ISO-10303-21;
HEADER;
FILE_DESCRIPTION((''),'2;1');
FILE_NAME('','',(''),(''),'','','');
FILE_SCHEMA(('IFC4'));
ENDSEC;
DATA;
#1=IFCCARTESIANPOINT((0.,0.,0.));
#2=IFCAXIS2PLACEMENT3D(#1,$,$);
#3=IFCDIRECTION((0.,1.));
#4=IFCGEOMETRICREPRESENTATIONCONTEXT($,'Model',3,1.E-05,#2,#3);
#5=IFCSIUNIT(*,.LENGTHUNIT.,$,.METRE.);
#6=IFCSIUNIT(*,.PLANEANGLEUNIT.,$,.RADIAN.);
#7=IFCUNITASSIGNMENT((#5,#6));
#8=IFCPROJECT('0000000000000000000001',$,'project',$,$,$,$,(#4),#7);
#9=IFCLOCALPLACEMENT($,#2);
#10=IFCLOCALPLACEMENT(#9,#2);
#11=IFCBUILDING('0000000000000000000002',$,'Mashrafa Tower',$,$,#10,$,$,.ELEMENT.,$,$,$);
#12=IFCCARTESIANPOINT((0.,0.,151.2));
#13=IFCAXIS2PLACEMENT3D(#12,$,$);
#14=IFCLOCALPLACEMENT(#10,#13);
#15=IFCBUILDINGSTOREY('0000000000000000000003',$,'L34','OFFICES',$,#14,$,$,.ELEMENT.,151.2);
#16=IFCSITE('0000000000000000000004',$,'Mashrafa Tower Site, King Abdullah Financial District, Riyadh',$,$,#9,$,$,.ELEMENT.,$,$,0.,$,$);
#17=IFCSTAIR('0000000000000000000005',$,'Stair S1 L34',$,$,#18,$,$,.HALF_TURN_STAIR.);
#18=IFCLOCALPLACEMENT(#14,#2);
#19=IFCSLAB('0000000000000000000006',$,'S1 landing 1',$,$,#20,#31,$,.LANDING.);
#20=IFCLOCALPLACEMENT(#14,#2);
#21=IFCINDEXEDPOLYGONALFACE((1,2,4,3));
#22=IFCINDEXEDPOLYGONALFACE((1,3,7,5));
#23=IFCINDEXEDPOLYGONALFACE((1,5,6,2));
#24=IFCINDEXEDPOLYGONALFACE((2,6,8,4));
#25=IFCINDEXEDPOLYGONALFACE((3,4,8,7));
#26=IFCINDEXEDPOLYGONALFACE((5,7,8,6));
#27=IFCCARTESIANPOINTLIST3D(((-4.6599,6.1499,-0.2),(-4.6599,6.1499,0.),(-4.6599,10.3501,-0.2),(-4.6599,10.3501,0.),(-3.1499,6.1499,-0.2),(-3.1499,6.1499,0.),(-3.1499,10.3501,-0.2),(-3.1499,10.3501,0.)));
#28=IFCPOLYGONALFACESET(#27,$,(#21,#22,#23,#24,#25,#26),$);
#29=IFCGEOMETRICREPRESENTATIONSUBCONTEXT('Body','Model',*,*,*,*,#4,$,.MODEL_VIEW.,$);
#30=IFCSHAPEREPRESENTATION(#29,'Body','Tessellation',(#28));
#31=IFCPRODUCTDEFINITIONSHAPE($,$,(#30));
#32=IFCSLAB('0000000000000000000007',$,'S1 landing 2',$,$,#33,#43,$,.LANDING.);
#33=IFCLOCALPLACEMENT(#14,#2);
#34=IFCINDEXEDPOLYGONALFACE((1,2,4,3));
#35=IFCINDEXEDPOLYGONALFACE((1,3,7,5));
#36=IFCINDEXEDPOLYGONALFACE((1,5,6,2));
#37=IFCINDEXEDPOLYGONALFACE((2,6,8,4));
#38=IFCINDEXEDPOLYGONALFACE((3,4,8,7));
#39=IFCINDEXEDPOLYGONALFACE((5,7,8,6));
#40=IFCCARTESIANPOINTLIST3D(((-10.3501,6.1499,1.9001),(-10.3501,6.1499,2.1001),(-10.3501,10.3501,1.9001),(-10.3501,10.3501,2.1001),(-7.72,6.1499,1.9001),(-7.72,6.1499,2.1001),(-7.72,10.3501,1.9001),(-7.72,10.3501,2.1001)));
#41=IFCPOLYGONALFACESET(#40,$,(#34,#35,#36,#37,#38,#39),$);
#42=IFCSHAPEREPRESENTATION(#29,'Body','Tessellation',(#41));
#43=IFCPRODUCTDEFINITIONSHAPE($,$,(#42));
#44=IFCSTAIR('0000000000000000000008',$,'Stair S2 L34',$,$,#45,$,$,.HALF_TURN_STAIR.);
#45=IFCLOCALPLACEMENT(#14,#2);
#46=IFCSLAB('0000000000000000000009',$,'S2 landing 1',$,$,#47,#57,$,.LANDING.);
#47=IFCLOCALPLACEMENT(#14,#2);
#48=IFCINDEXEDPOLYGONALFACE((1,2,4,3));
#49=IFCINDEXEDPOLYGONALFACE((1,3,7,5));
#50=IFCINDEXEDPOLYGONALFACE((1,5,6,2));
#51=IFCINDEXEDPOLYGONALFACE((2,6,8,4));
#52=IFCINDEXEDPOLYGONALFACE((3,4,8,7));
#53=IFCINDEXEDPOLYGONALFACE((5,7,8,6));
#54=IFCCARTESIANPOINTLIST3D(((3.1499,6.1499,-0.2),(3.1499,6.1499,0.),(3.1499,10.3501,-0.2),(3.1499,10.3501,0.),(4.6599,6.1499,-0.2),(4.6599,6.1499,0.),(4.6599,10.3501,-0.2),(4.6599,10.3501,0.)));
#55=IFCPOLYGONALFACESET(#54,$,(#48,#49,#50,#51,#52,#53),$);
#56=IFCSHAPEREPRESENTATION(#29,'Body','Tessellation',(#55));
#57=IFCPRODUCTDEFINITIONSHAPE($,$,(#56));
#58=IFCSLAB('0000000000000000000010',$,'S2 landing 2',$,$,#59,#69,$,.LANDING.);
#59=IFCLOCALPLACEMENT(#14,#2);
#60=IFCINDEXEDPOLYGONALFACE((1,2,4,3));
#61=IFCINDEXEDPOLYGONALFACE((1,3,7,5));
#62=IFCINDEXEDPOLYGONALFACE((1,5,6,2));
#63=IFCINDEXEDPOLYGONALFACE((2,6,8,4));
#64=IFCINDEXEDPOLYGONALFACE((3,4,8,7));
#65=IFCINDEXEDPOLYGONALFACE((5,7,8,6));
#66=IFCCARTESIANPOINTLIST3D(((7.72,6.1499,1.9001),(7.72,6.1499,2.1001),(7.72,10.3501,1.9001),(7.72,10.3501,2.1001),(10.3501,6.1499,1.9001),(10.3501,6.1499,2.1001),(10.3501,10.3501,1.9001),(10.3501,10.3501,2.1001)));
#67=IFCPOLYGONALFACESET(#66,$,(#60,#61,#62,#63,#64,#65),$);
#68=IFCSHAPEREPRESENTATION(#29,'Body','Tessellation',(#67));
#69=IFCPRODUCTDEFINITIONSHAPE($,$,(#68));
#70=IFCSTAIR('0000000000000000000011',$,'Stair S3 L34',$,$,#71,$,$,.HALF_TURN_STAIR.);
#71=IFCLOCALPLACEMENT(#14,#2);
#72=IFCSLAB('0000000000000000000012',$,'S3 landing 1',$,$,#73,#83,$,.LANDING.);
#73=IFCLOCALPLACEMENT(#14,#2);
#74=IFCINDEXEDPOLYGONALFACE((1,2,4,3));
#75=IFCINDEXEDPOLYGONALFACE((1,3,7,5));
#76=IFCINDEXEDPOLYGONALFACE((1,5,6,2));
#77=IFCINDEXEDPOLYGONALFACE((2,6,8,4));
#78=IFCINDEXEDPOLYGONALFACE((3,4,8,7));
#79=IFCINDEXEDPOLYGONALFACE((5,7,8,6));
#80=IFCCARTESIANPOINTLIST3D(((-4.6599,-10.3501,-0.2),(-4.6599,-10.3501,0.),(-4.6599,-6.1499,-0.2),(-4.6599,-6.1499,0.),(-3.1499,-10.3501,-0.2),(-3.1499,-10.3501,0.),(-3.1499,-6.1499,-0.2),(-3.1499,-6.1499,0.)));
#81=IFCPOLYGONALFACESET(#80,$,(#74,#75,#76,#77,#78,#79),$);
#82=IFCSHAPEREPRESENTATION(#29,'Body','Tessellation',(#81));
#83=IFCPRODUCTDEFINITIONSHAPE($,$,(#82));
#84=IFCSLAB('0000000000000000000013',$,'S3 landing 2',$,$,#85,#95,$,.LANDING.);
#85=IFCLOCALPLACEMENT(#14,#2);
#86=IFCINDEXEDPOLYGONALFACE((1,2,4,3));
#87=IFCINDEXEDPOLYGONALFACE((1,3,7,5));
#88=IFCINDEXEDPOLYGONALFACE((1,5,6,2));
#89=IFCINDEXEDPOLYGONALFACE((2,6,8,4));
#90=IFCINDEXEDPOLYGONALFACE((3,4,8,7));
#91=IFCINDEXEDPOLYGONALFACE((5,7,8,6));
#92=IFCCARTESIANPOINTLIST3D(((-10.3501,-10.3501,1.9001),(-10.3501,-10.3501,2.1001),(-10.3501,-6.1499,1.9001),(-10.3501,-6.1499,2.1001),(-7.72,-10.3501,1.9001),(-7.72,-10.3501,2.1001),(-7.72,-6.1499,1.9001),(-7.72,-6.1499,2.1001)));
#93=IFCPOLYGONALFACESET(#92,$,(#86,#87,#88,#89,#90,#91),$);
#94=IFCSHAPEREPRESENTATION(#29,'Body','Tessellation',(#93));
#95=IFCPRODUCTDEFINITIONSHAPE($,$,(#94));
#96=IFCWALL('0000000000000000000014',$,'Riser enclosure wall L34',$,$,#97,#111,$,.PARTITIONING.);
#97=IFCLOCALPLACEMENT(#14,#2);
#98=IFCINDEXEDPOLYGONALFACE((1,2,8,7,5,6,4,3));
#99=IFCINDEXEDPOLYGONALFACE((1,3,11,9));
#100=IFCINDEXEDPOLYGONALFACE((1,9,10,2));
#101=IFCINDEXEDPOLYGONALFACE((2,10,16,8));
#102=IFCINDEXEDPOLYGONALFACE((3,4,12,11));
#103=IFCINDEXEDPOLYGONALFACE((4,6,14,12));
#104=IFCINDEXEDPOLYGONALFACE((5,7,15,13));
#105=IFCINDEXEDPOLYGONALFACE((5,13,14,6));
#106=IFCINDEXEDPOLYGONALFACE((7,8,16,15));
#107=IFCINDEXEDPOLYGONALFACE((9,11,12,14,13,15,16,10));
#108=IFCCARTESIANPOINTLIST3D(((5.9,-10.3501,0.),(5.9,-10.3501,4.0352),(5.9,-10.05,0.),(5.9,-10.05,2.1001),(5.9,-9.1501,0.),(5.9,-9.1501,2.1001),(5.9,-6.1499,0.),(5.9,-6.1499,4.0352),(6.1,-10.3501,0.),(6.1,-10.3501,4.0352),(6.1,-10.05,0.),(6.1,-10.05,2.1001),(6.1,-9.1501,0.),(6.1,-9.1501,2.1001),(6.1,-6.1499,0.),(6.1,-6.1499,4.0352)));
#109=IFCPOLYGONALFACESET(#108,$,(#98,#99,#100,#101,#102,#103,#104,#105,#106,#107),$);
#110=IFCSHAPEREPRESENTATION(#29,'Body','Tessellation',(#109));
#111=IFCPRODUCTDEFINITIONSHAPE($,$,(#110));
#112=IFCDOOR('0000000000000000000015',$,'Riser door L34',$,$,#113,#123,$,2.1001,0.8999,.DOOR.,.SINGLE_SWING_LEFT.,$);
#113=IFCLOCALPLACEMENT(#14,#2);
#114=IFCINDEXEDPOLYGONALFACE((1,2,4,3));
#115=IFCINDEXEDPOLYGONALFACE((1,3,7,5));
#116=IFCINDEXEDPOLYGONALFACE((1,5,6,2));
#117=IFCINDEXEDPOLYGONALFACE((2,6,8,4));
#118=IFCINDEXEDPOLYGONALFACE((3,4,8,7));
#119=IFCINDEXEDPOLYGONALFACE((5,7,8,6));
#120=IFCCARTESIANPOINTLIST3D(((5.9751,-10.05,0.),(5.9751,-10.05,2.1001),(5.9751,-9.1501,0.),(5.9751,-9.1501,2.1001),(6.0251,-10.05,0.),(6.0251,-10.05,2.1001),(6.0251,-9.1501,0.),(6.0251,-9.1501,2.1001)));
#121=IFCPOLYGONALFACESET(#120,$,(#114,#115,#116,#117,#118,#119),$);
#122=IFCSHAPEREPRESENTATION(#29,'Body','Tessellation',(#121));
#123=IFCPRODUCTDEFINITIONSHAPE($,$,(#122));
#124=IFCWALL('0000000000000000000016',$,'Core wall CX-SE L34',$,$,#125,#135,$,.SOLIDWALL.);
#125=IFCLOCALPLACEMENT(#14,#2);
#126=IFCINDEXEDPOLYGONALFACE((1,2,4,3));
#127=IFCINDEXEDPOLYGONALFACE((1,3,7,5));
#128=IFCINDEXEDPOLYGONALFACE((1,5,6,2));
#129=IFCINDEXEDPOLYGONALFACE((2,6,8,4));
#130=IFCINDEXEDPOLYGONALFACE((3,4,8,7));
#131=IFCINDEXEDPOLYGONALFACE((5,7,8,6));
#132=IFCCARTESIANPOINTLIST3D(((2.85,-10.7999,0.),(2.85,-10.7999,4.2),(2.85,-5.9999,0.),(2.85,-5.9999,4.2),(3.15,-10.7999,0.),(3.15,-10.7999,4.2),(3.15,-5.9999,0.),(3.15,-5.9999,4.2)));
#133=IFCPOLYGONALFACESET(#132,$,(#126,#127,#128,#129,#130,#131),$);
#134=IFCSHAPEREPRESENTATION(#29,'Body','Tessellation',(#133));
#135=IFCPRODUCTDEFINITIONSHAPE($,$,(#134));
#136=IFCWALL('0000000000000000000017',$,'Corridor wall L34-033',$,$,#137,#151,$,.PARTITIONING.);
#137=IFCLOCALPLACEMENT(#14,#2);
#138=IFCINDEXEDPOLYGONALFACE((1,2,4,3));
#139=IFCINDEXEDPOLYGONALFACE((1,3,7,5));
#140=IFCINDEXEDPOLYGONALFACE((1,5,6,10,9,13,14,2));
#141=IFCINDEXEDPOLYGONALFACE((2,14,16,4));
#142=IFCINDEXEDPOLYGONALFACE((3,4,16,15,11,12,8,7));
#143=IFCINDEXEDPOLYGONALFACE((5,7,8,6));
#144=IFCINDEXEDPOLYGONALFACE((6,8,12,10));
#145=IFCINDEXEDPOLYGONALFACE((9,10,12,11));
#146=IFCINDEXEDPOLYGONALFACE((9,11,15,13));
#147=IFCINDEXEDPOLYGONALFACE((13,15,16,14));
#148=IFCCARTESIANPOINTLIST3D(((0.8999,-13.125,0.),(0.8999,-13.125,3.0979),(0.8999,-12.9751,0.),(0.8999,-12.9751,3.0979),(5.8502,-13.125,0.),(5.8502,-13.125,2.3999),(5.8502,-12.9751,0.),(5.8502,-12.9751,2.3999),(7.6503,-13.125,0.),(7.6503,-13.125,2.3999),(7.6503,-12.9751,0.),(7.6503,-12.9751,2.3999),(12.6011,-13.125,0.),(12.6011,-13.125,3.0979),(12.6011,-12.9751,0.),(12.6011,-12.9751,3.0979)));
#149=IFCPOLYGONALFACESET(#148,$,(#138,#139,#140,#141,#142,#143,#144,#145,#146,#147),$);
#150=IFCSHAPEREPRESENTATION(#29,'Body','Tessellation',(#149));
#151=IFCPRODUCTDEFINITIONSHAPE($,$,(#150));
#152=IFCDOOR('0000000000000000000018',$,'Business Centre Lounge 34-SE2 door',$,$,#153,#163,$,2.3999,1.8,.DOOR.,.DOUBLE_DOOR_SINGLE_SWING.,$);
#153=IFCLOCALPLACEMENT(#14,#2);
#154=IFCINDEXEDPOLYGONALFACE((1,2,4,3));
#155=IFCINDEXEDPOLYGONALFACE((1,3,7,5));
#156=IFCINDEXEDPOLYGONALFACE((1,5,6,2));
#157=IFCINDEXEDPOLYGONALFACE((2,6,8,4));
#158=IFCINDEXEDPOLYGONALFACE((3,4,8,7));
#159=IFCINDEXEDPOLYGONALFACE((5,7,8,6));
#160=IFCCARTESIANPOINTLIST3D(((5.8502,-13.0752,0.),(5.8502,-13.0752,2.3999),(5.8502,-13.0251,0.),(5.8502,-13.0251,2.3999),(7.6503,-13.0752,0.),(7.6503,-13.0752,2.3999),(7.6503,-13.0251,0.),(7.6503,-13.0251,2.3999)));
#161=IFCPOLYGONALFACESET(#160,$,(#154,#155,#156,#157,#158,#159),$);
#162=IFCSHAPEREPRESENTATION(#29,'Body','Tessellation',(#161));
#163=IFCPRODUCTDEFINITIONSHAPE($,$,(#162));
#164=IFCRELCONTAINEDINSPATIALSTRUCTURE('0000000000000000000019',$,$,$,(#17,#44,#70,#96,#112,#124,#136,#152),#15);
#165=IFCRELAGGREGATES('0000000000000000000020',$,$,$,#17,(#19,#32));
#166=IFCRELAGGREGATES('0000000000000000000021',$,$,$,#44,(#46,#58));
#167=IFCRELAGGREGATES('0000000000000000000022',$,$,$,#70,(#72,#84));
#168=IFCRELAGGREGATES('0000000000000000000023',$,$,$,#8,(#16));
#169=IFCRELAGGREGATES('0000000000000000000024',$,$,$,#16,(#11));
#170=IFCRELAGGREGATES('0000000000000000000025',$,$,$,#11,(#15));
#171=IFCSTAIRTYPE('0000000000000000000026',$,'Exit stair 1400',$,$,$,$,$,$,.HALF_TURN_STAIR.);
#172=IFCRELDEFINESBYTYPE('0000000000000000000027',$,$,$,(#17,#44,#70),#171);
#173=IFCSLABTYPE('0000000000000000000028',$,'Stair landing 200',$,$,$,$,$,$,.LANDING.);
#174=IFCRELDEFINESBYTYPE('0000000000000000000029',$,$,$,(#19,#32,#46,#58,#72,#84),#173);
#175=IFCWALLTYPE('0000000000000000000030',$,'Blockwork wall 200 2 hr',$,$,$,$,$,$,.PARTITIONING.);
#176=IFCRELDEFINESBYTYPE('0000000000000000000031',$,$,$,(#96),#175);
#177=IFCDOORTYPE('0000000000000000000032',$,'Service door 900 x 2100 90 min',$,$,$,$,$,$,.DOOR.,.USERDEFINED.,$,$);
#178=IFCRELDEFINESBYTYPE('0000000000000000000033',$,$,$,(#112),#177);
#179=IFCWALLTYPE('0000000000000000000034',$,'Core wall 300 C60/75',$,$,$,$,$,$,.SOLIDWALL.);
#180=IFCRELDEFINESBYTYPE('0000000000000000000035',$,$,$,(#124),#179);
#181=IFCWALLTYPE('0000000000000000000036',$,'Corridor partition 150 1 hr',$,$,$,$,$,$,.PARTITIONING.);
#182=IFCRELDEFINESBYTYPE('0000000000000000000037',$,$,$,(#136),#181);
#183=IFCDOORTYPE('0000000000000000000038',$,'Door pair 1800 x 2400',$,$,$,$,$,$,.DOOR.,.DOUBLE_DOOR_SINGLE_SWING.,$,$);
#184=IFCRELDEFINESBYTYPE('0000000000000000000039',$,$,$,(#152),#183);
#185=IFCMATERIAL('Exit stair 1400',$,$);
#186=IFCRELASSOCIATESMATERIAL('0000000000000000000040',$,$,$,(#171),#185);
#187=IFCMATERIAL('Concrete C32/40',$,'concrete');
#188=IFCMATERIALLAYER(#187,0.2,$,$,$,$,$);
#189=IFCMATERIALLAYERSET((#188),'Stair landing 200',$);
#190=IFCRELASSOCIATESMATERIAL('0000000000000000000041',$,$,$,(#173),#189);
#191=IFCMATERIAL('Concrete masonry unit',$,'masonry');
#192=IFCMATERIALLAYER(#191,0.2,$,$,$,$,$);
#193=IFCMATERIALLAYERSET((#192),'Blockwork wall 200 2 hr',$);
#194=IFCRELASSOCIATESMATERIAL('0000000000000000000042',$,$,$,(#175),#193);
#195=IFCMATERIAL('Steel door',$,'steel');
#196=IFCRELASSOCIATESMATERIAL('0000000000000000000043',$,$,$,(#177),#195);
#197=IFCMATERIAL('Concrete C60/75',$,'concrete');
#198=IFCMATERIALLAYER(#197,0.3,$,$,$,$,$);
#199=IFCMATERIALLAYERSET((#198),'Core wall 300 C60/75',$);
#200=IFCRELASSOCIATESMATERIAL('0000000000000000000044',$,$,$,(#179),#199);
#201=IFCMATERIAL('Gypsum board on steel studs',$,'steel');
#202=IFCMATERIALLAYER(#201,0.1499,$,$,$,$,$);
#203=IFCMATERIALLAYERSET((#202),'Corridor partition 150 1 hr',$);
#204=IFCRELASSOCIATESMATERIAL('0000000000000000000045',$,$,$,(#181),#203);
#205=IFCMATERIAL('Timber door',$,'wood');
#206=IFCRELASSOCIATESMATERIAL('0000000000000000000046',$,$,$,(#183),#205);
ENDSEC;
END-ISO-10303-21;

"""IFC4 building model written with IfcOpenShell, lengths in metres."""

from ifc_helpers import new_model, si_unit, direction, frame, frame_2d, origin, place, context, subcontext, project, spatial, polyline, rectangle, outline, extrude, material, layer, layer_set, type_object, element, fill, aggregate, save


model = new_model("IFC4")

# Units and contexts
model_context = context("Model", 3, precision=1e-05, world=origin(), true_north=direction((0.0, 1.0)))
body_context = subcontext(model_context, "Body", "Model", "MODEL_VIEW")
ifc_project = project(units=[si_unit("LENGTHUNIT", "METRE"), si_unit("PLANEANGLEUNIT", "RADIAN")], contexts=[model_context])

# Site, building, storey
site_placement = place(None, origin())
site = spatial("IfcSite", under=ifc_project, at=site_placement, Name="Mashrafa Tower Site, King Abdullah Financial District, Riyadh", CompositionType="ELEMENT", RefElevation=0.0)
building_placement = place(site_placement, origin())
building = spatial("IfcBuilding", under=site, at=building_placement, Name="Mashrafa Tower", CompositionType="ELEMENT")
storey_placement = place(building_placement, frame((0.0, 0.0, 151.2)))
storey = spatial("IfcBuildingStorey", under=building, at=storey_placement, Name="L34", Description="OFFICES", CompositionType="ELEMENT", Elevation=151.2)

# Stairs, slabs
ifc_material_1 = material(Name="Exit stair 1400")
stair_type = type_object("IfcStairType", Name="Exit stair 1400", PredefinedType="HALF_TURN_STAIR", material=ifc_material_1)
stair_1_placement = place(storey_placement, origin())
stair_1 = element("IfcStair", 1, at=stair_1_placement, inside=storey, type_object=stair_type, Name="Stair S1 L34", PredefinedType="HALF_TURN_STAIR")
ifc_material_2 = material(Name="Concrete C32/40", Category="concrete")
ifc_layer_1 = layer(ifc_material_2, 0.2)
ifc_layer_set_1 = layer_set([ifc_layer_1], Name="Stair landing 200")
slab_type = type_object("IfcSlabType", Name="Stair landing 200", PredefinedType="LANDING", material=ifc_layer_set_1)
slab_1_placement = place(storey_placement, frame((0.0, 0.0, -0.2)))
slab_1 = element("IfcSlab", 2, at=slab_1_placement, type_object=slab_type, Name="S1 landing 1", PredefinedType="LANDING", context=body_context, shape_type="SweptSolid", body=[
    extrude(outline(polyline([(-4.6599, 6.1499), (-3.1499, 6.1499), (-3.1499, 10.3501), (-4.6599, 10.3501), (-4.6599, 6.1499)])), origin(), (0.0, 0.0, 1.0), 0.2),
])
slab_2_placement = place(storey_placement, frame((0.0, 0.0, 1.9001)))
slab_2 = element("IfcSlab", 3, at=slab_2_placement, type_object=slab_type, Name="S1 landing 2", PredefinedType="LANDING", context=body_context, shape_type="SweptSolid", body=[
    extrude(outline(polyline([(-10.3501, 6.1499), (-7.72, 6.1499), (-7.72, 10.3501), (-10.3501, 10.3501), (-10.3501, 6.1499)])), origin(), (0.0, 0.0, 1.0), 0.2),
])
aggregate(stair_1, [slab_1, slab_2])
stair_2_placement = place(storey_placement, origin())
stair_2 = element("IfcStair", 4, at=stair_2_placement, inside=storey, type_object=stair_type, Name="Stair S2 L34", PredefinedType="HALF_TURN_STAIR")
slab_3_placement = place(storey_placement, frame((0.0, 0.0, -0.2)))
slab_3 = element("IfcSlab", 5, at=slab_3_placement, type_object=slab_type, Name="S2 landing 1", PredefinedType="LANDING", context=body_context, shape_type="SweptSolid", body=[
    extrude(outline(polyline([(3.1499, 6.1499), (4.6599, 6.1499), (4.6599, 10.3501), (3.1499, 10.3501), (3.1499, 6.1499)])), origin(), (0.0, 0.0, 1.0), 0.2),
])
slab_4_placement = place(storey_placement, frame((0.0, 0.0, 1.9001)))
slab_4 = element("IfcSlab", 6, at=slab_4_placement, type_object=slab_type, Name="S2 landing 2", PredefinedType="LANDING", context=body_context, shape_type="SweptSolid", body=[
    extrude(outline(polyline([(7.72, 6.1499), (10.3501, 6.1499), (10.3501, 10.3501), (7.72, 10.3501), (7.72, 6.1499)])), origin(), (0.0, 0.0, 1.0), 0.2),
])
aggregate(stair_2, [slab_3, slab_4])
stair_3_placement = place(storey_placement, origin())
stair_3 = element("IfcStair", 7, at=stair_3_placement, inside=storey, type_object=stair_type, Name="Stair S3 L34", PredefinedType="HALF_TURN_STAIR")
slab_5_placement = place(storey_placement, frame((0.0, 0.0, -0.2)))
slab_5 = element("IfcSlab", 8, at=slab_5_placement, type_object=slab_type, Name="S3 landing 1", PredefinedType="LANDING", context=body_context, shape_type="SweptSolid", body=[
    extrude(outline(polyline([(-4.6599, -10.3501), (-3.1499, -10.3501), (-3.1499, -6.1499), (-4.6599, -6.1499), (-4.6599, -10.3501)])), origin(), (0.0, 0.0, 1.0), 0.2),
])
slab_6_placement = place(storey_placement, frame((0.0, 0.0, 1.9001)))
slab_6 = element("IfcSlab", 9, at=slab_6_placement, type_object=slab_type, Name="S3 landing 2", PredefinedType="LANDING", context=body_context, shape_type="SweptSolid", body=[
    extrude(outline(polyline([(-10.3501, -10.3501), (-7.72, -10.3501), (-7.72, -6.1499), (-10.3501, -6.1499), (-10.3501, -10.3501)])), origin(), (0.0, 0.0, 1.0), 0.2),
])
aggregate(stair_3, [slab_5, slab_6])

# Wall, opening, door
ifc_material_3 = material(Name="Concrete masonry unit", Category="masonry")
ifc_layer_2 = layer(ifc_material_3, 0.2)
ifc_layer_set_2 = layer_set([ifc_layer_2], Name="Blockwork wall 200 2 hr")
wall_type_1 = type_object("IfcWallType", Name="Blockwork wall 200 2 hr", PredefinedType="PARTITIONING", material=ifc_layer_set_2)
wall_1_placement = place(storey_placement, frame((6.0, -10.3501, 0.0), z_axis=(0.0, 0.0, 1.0), x_axis=(0.0, 1.0, 0.0)))
wall_1 = element("IfcWall", 10, at=wall_1_placement, inside=storey, type_object=wall_type_1, Name="Riser enclosure wall L34", PredefinedType="PARTITIONING", context=body_context, shape_type="SweptSolid", body=[
    extrude(rectangle(XDim=4.2002, YDim=0.2, at=frame_2d((2.1001, 0.0))), origin(), (0.0, 0.0, 1.0), 4.0352),
])
opening_1_placement = place(wall_1_placement, frame((0.3, 0.0, 0.0)))
opening_1 = element("IfcOpeningElement", 11, at=opening_1_placement, cuts=wall_1, PredefinedType="OPENING", context=body_context, shape_type="SweptSolid", body=[
    extrude(rectangle(XDim=0.8999, YDim=2.1001, at=frame_2d((0.45, 1.05))), frame((0.0, 0.1099, 0.0), z_axis=(0.0, -1.0, 0.0), x_axis=(1.0, 0.0, 0.0)), (0.0, 0.0, 1.0), 0.22),
])
ifc_material_4 = material(Name="Steel door", Category="steel")
door_type_1 = type_object("IfcDoorType", Name="Service door 900 x 2100 90 min", OperationType="USERDEFINED", PredefinedType="DOOR", material=ifc_material_4)
door_1_placement = place(opening_1_placement, origin())
door_1 = element("IfcDoor", 12, at=door_1_placement, inside=storey, type_object=door_type_1, Name="Riser door L34", OperationType="SINGLE_SWING_LEFT", OverallHeight=2.1001, OverallWidth=0.8999, PredefinedType="DOOR", context=body_context, shape_type="SweptSolid", body=[
    extrude(rectangle(XDim=0.8999, YDim=2.1001, at=frame_2d((0.45, 1.05))), frame((0.0, 0.0249, 0.0), z_axis=(0.0, -1.0, 0.0), x_axis=(1.0, 0.0, 0.0)), (0.0, 0.0, 1.0), 0.05),
])
fill(opening_1, door_1)

# Wall
ifc_material_5 = material(Name="Concrete C60/75", Category="concrete")
ifc_layer_3 = layer(ifc_material_5, 0.3)
ifc_layer_set_3 = layer_set([ifc_layer_3], Name="Core wall 300 C60/75")
wall_type_2 = type_object("IfcWallType", Name="Core wall 300 C60/75", PredefinedType="SOLIDWALL", material=ifc_layer_set_3)
wall_2_placement = place(storey_placement, frame((3.0, -6.0, 0.0), z_axis=(0.0, 0.0, 1.0), x_axis=(0.0, -1.0, 0.0)))
element("IfcWall", 13, at=wall_2_placement, inside=storey, type_object=wall_type_2, Name="Core wall CX-SE L34", PredefinedType="SOLIDWALL", context=body_context, shape_type="SweptSolid", body=[
    extrude(rectangle(XDim=4.8, YDim=0.3, at=frame_2d((2.3999, 0.0))), origin(), (0.0, 0.0, 1.0), 4.2),
])

# Wall, opening, door
ifc_material_6 = material(Name="Gypsum board on steel studs", Category="steel")
ifc_layer_4 = layer(ifc_material_6, 0.1499)
ifc_layer_set_4 = layer_set([ifc_layer_4], Name="Corridor partition 150 1 hr")
wall_type_3 = type_object("IfcWallType", Name="Corridor partition 150 1 hr", PredefinedType="PARTITIONING", material=ifc_layer_set_4)
wall_3_placement = place(storey_placement, frame((0.8999, -13.05, 0.0), z_axis=(0.0, 0.0, 1.0), x_axis=(1.0, 0.0, 0.0)))
wall_3 = element("IfcWall", 14, at=wall_3_placement, inside=storey, type_object=wall_type_3, Name="Corridor wall L34-033", PredefinedType="PARTITIONING", context=body_context, shape_type="SweptSolid", body=[
    extrude(rectangle(XDim=11.7012, YDim=0.1499, at=frame_2d((5.8506, 0.0))), origin(), (0.0, 0.0, 1.0), 3.0979),
])
opening_2_placement = place(wall_3_placement, frame((4.9504, 0.0, 0.0)))
opening_2 = element("IfcOpeningElement", 15, at=opening_2_placement, cuts=wall_3, PredefinedType="OPENING", context=body_context, shape_type="SweptSolid", body=[
    extrude(rectangle(XDim=1.8, YDim=2.3999, at=frame_2d((0.8999, 1.2))), frame((0.0, 0.085, 0.0), z_axis=(0.0, -1.0, 0.0), x_axis=(1.0, 0.0, 0.0)), (0.0, 0.0, 1.0), 0.1699),
])
ifc_material_7 = material(Name="Timber door", Category="wood")
door_type_2 = type_object("IfcDoorType", Name="Door pair 1800 x 2400", OperationType="DOUBLE_DOOR_SINGLE_SWING", PredefinedType="DOOR", material=ifc_material_7)
door_2_placement = place(opening_2_placement, origin())
door_2 = element("IfcDoor", 16, at=door_2_placement, inside=storey, type_object=door_type_2, Name="Business Centre Lounge 34-SE2 door", OperationType="DOUBLE_DOOR_SINGLE_SWING", OverallHeight=2.3999, OverallWidth=1.8, PredefinedType="DOOR", context=body_context, shape_type="SweptSolid", body=[
    extrude(rectangle(XDim=1.8, YDim=2.3999, at=frame_2d((0.8999, 1.2))), frame((0.0, 0.0249, 0.0), z_axis=(0.0, -1.0, 0.0), x_axis=(1.0, 0.0, 0.0)), (0.0, 0.0, 1.0), 0.05),
])
fill(opening_2, door_2)

save(model, "model.ifc")
